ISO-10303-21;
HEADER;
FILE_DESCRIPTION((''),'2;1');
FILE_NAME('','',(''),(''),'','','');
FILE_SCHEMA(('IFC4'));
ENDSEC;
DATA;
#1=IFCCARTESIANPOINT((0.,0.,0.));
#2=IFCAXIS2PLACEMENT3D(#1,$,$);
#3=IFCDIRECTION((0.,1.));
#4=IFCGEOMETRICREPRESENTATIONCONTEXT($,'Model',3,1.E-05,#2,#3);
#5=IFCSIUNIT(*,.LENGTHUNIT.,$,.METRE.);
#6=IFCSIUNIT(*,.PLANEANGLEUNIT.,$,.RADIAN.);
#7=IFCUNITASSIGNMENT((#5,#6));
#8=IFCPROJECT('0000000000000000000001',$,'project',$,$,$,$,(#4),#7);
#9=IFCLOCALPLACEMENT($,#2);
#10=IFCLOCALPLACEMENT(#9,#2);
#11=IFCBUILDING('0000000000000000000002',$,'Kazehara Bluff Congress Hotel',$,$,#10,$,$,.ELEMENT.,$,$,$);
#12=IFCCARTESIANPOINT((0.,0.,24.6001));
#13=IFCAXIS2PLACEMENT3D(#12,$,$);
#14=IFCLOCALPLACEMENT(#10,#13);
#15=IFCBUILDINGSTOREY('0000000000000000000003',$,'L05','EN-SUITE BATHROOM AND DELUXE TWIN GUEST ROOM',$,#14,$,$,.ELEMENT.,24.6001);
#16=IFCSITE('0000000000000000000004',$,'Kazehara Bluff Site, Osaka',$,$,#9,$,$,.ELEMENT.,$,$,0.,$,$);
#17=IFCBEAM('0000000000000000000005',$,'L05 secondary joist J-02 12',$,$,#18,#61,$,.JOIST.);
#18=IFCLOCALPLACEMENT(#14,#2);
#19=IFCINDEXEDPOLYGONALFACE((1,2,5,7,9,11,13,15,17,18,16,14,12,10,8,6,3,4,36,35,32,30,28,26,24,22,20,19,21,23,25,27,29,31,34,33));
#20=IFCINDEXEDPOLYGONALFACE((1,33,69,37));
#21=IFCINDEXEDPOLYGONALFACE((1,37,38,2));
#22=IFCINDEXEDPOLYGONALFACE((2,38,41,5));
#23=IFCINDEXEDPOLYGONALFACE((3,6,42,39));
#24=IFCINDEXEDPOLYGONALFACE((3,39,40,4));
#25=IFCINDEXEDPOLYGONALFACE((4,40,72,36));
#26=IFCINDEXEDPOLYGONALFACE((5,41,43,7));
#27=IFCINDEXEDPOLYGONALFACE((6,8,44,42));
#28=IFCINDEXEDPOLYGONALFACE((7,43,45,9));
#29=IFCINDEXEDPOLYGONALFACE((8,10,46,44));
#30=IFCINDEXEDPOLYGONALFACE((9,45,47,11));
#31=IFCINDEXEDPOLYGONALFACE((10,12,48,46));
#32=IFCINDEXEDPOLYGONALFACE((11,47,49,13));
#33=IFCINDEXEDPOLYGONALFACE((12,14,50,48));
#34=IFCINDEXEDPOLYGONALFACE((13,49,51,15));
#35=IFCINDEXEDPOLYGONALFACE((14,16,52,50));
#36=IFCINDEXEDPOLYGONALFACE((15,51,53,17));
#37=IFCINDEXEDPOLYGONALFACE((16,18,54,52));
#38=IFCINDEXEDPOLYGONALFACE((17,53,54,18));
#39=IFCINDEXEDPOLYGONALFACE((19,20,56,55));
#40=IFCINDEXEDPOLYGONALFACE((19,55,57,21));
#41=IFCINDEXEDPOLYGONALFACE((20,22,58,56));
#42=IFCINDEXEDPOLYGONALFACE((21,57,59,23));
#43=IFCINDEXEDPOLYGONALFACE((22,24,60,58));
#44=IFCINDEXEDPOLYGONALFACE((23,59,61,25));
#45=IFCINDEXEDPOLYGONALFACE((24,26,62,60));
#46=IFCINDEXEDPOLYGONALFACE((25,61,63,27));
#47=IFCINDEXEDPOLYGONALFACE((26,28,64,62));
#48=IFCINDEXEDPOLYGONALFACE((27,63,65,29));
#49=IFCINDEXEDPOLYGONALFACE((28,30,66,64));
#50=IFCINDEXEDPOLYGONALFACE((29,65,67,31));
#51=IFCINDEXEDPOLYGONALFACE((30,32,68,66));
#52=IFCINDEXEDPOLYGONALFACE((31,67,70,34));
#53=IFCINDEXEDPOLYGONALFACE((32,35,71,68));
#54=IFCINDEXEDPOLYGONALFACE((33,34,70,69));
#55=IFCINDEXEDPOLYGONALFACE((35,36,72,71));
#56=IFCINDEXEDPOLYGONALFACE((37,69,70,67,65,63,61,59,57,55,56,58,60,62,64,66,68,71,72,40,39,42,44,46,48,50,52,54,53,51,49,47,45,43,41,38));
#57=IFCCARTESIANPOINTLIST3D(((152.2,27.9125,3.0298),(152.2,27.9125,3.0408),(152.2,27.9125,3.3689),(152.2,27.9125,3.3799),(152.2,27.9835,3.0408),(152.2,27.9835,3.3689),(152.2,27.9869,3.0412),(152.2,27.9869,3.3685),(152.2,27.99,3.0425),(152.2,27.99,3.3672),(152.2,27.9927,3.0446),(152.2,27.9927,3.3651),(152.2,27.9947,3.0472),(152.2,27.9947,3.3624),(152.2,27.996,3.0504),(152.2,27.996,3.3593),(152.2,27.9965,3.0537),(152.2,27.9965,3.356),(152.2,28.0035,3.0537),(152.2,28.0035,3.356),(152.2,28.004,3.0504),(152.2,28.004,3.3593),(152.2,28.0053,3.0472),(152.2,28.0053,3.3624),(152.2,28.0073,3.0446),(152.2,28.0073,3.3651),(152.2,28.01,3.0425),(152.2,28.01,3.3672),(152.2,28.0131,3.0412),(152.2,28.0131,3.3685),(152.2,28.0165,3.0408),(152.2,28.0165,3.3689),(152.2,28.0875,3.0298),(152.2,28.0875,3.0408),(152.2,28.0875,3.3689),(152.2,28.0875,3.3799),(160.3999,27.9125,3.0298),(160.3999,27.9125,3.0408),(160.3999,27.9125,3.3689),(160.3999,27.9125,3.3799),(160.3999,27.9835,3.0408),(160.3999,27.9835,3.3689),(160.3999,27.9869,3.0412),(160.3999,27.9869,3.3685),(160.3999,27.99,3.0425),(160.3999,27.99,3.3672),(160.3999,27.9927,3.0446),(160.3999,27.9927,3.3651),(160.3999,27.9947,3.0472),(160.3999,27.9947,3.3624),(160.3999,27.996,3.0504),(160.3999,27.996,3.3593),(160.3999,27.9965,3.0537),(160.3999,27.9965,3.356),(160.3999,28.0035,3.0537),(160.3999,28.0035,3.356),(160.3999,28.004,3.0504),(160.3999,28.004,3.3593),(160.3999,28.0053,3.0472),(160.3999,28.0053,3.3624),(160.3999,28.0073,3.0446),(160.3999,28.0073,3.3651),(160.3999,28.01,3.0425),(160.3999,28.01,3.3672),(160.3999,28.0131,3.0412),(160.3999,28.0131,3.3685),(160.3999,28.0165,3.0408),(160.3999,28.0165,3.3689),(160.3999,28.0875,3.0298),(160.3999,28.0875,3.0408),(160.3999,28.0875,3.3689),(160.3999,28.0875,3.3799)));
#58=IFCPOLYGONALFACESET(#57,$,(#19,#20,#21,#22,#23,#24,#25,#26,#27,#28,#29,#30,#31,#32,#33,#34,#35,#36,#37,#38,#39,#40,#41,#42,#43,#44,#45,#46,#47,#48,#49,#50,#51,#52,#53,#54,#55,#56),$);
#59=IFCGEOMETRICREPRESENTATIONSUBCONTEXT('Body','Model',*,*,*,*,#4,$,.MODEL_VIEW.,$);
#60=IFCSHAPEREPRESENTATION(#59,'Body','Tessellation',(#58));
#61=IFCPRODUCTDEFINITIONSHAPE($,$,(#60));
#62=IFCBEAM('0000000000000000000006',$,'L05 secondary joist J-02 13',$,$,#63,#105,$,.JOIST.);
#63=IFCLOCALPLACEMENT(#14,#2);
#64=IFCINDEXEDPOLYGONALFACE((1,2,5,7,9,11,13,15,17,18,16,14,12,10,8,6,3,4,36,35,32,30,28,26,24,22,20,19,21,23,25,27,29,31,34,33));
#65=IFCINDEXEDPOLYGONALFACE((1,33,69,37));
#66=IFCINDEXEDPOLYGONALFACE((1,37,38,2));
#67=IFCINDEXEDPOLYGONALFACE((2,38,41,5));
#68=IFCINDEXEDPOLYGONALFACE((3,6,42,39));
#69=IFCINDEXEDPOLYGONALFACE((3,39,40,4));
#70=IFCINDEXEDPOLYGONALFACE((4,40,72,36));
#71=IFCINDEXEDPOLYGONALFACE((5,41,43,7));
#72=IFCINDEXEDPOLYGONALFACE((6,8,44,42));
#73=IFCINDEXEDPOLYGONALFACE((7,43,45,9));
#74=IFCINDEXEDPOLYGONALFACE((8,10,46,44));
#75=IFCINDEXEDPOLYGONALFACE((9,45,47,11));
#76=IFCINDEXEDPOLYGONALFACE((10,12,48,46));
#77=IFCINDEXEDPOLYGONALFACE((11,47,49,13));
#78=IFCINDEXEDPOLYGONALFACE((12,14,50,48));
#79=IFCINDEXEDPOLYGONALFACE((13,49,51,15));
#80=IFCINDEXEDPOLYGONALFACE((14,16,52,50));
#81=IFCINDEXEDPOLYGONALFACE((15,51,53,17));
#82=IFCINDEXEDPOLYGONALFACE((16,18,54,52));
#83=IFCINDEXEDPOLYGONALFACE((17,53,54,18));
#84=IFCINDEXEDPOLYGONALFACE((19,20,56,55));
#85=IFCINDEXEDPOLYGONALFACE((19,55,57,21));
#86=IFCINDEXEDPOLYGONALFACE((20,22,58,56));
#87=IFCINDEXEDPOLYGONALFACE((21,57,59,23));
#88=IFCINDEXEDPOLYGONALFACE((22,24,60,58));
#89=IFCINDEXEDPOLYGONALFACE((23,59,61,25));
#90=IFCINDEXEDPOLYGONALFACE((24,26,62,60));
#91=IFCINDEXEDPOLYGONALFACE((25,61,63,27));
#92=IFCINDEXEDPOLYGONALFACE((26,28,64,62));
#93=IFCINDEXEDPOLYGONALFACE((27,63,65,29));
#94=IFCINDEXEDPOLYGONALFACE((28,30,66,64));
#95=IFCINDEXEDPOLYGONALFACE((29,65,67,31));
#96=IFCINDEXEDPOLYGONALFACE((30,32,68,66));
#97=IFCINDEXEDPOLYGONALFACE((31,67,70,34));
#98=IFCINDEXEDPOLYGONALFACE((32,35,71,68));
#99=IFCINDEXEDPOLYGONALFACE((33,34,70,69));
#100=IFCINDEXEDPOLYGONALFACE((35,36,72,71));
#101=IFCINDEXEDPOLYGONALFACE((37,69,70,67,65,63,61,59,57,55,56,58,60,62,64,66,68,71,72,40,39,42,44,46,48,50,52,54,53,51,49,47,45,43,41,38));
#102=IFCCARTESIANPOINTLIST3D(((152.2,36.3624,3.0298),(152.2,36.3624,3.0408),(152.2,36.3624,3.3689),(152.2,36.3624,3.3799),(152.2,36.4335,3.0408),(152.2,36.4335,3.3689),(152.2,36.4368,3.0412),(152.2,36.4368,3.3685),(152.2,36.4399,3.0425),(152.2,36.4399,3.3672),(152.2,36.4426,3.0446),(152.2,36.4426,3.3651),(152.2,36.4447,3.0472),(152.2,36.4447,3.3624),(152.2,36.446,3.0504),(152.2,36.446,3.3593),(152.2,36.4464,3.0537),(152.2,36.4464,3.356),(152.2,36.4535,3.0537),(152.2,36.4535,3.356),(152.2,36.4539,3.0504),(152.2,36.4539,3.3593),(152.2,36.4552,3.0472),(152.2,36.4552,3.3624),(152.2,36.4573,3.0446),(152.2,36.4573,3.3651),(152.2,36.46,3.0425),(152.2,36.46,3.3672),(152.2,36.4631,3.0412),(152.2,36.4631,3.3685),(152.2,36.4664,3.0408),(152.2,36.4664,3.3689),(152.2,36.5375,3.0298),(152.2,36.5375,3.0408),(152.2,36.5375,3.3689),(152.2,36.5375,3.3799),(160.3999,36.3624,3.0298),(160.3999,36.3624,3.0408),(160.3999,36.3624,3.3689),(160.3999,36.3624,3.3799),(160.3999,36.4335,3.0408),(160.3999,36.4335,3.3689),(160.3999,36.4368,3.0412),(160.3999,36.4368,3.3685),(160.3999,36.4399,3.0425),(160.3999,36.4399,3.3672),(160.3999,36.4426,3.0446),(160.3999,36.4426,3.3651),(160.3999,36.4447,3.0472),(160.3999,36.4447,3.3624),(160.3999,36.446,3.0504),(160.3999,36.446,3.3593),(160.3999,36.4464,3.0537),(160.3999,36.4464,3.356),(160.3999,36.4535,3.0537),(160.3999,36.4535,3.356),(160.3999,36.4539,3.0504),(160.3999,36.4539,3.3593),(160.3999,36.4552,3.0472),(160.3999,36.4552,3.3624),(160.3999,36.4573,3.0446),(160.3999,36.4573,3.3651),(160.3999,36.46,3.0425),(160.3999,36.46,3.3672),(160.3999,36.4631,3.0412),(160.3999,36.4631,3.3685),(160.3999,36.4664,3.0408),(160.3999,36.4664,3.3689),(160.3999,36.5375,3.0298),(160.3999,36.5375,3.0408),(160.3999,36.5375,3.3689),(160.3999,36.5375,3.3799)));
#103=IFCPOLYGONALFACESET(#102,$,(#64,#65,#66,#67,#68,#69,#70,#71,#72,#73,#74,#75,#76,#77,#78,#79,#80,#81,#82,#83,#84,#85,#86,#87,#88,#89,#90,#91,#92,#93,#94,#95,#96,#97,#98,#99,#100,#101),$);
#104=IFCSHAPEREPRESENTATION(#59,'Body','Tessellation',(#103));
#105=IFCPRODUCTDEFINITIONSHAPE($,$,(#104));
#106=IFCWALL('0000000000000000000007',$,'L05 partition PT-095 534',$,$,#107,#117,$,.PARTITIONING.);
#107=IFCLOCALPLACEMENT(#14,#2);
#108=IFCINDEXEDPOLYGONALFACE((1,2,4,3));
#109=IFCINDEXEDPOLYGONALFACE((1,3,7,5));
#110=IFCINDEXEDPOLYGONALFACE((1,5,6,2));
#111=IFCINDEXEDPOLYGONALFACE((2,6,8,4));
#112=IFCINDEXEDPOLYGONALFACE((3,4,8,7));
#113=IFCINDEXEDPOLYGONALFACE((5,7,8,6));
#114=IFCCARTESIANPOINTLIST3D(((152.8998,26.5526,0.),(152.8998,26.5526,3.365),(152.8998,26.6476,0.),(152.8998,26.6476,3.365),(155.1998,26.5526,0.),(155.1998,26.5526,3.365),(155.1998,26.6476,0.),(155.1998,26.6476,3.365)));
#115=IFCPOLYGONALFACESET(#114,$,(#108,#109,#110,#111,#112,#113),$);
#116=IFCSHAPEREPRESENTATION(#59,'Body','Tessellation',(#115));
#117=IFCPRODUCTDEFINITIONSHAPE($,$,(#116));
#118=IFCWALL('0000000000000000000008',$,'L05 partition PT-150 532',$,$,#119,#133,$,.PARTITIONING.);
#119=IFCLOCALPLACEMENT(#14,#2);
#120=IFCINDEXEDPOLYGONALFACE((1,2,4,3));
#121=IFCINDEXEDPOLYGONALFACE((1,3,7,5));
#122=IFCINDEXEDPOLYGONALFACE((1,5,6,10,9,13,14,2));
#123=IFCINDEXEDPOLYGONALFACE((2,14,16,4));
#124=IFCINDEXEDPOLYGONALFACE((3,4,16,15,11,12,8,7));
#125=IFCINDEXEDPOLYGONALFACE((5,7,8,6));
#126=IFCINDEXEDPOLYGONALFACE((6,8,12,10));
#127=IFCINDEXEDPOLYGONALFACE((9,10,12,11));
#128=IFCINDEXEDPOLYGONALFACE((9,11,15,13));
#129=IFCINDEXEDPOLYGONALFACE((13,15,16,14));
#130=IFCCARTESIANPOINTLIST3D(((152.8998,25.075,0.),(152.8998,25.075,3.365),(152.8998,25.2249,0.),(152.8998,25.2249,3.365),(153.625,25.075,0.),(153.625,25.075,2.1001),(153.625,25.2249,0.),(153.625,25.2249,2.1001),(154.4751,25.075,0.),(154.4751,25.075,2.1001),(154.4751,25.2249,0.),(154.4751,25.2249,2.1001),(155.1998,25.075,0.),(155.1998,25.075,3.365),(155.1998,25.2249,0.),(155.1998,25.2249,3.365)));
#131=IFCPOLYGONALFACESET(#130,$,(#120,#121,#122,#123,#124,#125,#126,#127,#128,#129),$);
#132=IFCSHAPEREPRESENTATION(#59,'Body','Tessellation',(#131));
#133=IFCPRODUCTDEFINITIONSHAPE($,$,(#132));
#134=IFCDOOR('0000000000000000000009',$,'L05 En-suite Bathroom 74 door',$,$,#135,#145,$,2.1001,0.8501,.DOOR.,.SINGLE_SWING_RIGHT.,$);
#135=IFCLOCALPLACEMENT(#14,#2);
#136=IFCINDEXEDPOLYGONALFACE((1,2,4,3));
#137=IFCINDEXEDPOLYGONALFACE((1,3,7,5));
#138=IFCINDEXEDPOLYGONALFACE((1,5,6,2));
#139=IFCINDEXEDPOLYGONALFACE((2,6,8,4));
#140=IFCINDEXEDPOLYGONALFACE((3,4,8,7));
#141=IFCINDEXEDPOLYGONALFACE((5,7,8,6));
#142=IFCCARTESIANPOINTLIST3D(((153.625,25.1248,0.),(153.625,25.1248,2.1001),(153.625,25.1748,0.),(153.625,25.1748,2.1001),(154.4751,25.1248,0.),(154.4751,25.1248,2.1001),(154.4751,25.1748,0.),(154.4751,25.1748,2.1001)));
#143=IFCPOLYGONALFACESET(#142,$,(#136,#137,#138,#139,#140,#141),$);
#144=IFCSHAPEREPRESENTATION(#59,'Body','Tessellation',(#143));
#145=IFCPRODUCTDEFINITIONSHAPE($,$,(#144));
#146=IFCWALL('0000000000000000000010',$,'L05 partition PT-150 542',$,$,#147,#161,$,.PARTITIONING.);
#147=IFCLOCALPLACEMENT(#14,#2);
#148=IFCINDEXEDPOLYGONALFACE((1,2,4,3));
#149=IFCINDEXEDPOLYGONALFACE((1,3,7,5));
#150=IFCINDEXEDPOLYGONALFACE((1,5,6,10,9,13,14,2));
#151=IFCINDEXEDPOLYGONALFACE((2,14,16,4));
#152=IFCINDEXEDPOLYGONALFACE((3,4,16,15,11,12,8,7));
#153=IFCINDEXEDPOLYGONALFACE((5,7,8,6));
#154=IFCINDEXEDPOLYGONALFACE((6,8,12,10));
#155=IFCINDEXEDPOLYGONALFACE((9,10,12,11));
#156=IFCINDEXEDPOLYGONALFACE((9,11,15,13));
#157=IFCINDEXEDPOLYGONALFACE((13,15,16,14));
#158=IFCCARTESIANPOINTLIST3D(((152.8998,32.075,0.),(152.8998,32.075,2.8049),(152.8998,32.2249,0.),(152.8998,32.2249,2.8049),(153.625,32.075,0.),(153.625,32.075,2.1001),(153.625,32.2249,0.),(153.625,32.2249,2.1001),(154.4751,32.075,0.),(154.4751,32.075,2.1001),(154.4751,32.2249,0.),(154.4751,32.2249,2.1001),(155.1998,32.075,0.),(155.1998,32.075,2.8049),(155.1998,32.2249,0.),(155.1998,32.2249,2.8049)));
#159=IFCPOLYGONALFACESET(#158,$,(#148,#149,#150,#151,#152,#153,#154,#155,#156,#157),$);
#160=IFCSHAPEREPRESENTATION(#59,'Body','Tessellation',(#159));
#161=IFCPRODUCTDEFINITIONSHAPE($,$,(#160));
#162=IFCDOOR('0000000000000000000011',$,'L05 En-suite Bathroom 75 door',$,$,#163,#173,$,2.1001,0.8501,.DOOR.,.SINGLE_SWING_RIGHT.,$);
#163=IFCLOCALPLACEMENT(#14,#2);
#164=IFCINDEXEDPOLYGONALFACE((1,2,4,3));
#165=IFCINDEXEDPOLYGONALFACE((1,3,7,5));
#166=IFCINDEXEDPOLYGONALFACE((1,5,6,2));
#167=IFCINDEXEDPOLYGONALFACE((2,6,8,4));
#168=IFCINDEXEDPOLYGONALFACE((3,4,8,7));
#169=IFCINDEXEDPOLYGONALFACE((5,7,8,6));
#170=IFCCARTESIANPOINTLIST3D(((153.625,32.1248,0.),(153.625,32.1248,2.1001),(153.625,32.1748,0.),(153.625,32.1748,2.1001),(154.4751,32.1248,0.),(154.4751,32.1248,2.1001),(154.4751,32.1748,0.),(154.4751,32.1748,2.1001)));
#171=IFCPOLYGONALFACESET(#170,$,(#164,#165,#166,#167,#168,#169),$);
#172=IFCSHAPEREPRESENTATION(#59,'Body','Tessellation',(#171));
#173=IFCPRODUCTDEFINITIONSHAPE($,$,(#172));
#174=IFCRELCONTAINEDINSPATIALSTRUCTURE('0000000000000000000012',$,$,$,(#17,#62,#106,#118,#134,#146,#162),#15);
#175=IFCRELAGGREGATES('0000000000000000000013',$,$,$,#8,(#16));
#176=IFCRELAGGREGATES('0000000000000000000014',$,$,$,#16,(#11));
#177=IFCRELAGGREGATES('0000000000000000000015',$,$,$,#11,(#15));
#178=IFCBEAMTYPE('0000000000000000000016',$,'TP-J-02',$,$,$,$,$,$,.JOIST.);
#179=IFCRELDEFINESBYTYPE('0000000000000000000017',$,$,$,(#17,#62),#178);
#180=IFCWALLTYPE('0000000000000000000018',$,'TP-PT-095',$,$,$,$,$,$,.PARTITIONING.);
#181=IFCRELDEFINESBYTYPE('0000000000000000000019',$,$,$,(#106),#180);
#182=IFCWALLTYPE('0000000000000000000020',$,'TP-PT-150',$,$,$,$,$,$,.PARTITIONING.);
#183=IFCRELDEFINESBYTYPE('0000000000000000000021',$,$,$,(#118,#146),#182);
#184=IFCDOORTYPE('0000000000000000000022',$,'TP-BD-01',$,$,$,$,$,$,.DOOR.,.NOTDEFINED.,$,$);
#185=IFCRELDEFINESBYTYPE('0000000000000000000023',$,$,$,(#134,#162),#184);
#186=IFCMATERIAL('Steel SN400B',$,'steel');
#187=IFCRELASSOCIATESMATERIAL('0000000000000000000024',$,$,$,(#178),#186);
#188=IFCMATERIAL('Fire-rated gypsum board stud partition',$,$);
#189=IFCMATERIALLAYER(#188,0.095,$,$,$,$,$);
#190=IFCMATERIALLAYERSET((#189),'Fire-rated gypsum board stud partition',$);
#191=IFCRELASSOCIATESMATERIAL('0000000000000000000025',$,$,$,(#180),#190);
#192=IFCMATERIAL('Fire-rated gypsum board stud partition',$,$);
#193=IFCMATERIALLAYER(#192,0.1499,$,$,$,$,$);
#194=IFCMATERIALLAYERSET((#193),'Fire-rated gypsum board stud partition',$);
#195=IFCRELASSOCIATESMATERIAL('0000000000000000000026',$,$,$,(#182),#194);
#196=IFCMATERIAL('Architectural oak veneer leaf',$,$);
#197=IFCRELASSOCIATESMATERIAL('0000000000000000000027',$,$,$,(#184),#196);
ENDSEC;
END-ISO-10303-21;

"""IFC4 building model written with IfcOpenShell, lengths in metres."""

from ifc_helpers import new_model, si_unit, direction, frame, frame_2d, origin, origin_2d, place, context, subcontext, project, spatial, rectangle, i_section, extrude, material, layer, layer_set, material_profile, profile_set, type_object, element, fill, save


model = new_model("IFC4")

# Units and contexts
model_context = context("Model", 3, precision=1e-05, world=origin(), true_north=direction((0.0, 1.0)))
body_context = subcontext(model_context, "Body", "Model", "MODEL_VIEW")
ifc_project = project(units=[si_unit("LENGTHUNIT", "METRE"), si_unit("PLANEANGLEUNIT", "RADIAN")], contexts=[model_context])

# Site, building, storey
site_placement = place(None, origin())
site = spatial("IfcSite", under=ifc_project, at=site_placement, Name="Kazehara Bluff Site, Osaka", CompositionType="ELEMENT", RefElevation=0.0)
building_placement = place(site_placement, origin())
building = spatial("IfcBuilding", under=site, at=building_placement, Name="Kazehara Bluff Congress Hotel", CompositionType="ELEMENT")
storey_placement = place(building_placement, frame((0.0, 0.0, 24.6001)))
storey = spatial("IfcBuildingStorey", under=building, at=storey_placement, Name="L05", Description="EN-SUITE BATHROOM AND DELUXE TWIN GUEST ROOM", CompositionType="ELEMENT", Elevation=24.6001)

# Beams
ifc_material_1 = material(Name="Steel SN400B", Category="steel")
ifc_material_profile_1 = material_profile(ifc_material_1, i_section(OverallWidth=0.175, OverallDepth=0.3501, WebThickness=0.0071, FlangeThickness=0.011, FilletRadius=0.0129, at=origin_2d()))
ifc_profile_set_1 = profile_set([ifc_material_profile_1], Name="Steel SN400B")
beam_type_1 = type_object("IfcBeamType", Name="TP-J-02", PredefinedType="JOIST", material=ifc_profile_set_1)
for number, where, z_axis, x_axis, name in (
    (1, (152.2, 28.0, 3.2048), (1.0, 0.0, 0.0), (0.0, 1.0, 0.0), "L05 secondary joist J-02 12"),
    (2, (152.2, 36.45, 3.2048), (1.0, 0.0, 0.0), (0.0, 1.0, 0.0), "L05 secondary joist J-02 13"),
):
    element("IfcBeam", number, at=place(storey_placement, frame(where, z_axis=z_axis, x_axis=x_axis)), inside=storey, type_object=beam_type_1, Name=name, PredefinedType="JOIST", context=body_context, shape_type="SweptSolid", body=[
        extrude(i_section(OverallWidth=0.175, OverallDepth=0.3501, WebThickness=0.0071, FlangeThickness=0.011, FilletRadius=0.0129, at=origin_2d()), origin(), (0.0, 0.0, 1.0), 8.2),
    ])

# Wall
ifc_material_2 = material(Name="Fire-rated gypsum board stud partition")
ifc_layer_1 = layer(ifc_material_2, 0.095)
ifc_layer_set_1 = layer_set([ifc_layer_1], Name="Fire-rated gypsum board stud partition")
wall_type_1 = type_object("IfcWallType", Name="TP-PT-095", PredefinedType="PARTITIONING", material=ifc_layer_set_1)
wall_1_placement = place(storey_placement, frame((152.8999, 26.6001, 0.0), z_axis=(0.0, 0.0, 1.0), x_axis=(1.0, 0.0, 0.0)))
element("IfcWall", 3, at=wall_1_placement, inside=storey, type_object=wall_type_1, Name="L05 partition PT-095 534", PredefinedType="PARTITIONING", context=body_context, shape_type="SweptSolid", body=[
    extrude(rectangle(XDim=2.3, YDim=0.095, at=frame_2d((1.1499, 0.0))), origin(), (0.0, 0.0, 1.0), 3.365),
])

# Walls, openings, doors
ifc_material_3 = material(Name="Fire-rated gypsum board stud partition")
ifc_layer_2 = layer(ifc_material_3, 0.1499)
ifc_layer_set_2 = layer_set([ifc_layer_2], Name="Fire-rated gypsum board stud partition")
wall_type_2 = type_object("IfcWallType", Name="TP-PT-150", PredefinedType="PARTITIONING", material=ifc_layer_set_2)
wall_2_placement = place(storey_placement, frame((152.8999, 25.1499, 0.0), z_axis=(0.0, 0.0, 1.0), x_axis=(1.0, 0.0, 0.0)))
wall_2 = element("IfcWall", 4, at=wall_2_placement, inside=storey, type_object=wall_type_2, Name="L05 partition PT-150 532", PredefinedType="PARTITIONING", context=body_context, shape_type="SweptSolid", body=[
    extrude(rectangle(XDim=2.3, YDim=0.1499, at=frame_2d((1.1499, 0.0))), origin(), (0.0, 0.0, 1.0), 3.365),
])
opening_1_placement = place(wall_2_placement, frame((0.7251, 0.0, 0.0)))
opening_1 = element("IfcOpeningElement", 5, at=opening_1_placement, cuts=wall_2, PredefinedType="OPENING", context=body_context, shape_type="SweptSolid", body=[
    extrude(rectangle(XDim=0.8501, YDim=2.1001, at=frame_2d((0.425, 1.05))), frame((0.0, 0.085, 0.0), z_axis=(0.0, -1.0, 0.0), x_axis=(1.0, 0.0, 0.0)), (0.0, 0.0, 1.0), 0.1699),
])
ifc_material_4 = material(Name="Architectural oak veneer leaf")
door_type_1 = type_object("IfcDoorType", Name="TP-BD-01", OperationType="NOTDEFINED", PredefinedType="DOOR", material=ifc_material_4)
door_1_placement = place(opening_1_placement, origin())
door_1 = element("IfcDoor", 6, at=door_1_placement, inside=storey, type_object=door_type_1, Name="L05 En-suite Bathroom 74 door", OperationType="SINGLE_SWING_RIGHT", OverallHeight=2.1001, OverallWidth=0.8501, PredefinedType="DOOR", context=body_context, shape_type="SweptSolid", body=[
    extrude(rectangle(XDim=0.8501, YDim=2.1001, at=frame_2d((0.425, 1.05))), frame((0.0, 0.0249, 0.0), z_axis=(0.0, -1.0, 0.0), x_axis=(1.0, 0.0, 0.0)), (0.0, 0.0, 1.0), 0.05),
])
fill(opening_1, door_1)
wall_3_placement = place(storey_placement, frame((152.8999, 32.1499, 0.0), z_axis=(0.0, 0.0, 1.0), x_axis=(1.0, 0.0, 0.0)))
wall_3 = element("IfcWall", 7, at=wall_3_placement, inside=storey, type_object=wall_type_2, Name="L05 partition PT-150 542", PredefinedType="PARTITIONING", context=body_context, shape_type="SweptSolid", body=[
    extrude(rectangle(XDim=2.3, YDim=0.1499, at=frame_2d((1.1499, 0.0))), origin(), (0.0, 0.0, 1.0), 2.8049),
])
opening_2_placement = place(wall_3_placement, frame((0.7251, 0.0, 0.0)))
opening_2 = element("IfcOpeningElement", 8, at=opening_2_placement, cuts=wall_3, PredefinedType="OPENING", context=body_context, shape_type="SweptSolid", body=[
    extrude(rectangle(XDim=0.8501, YDim=2.1001, at=frame_2d((0.425, 1.05))), frame((0.0, 0.085, 0.0), z_axis=(0.0, -1.0, 0.0), x_axis=(1.0, 0.0, 0.0)), (0.0, 0.0, 1.0), 0.1699),
])
door_2_placement = place(opening_2_placement, origin())
door_2 = element("IfcDoor", 9, at=door_2_placement, inside=storey, type_object=door_type_1, Name="L05 En-suite Bathroom 75 door", OperationType="SINGLE_SWING_RIGHT", OverallHeight=2.1001, OverallWidth=0.8501, PredefinedType="DOOR", context=body_context, shape_type="SweptSolid", body=[
    extrude(rectangle(XDim=0.8501, YDim=2.1001, at=frame_2d((0.425, 1.05))), frame((0.0, 0.0249, 0.0), z_axis=(0.0, -1.0, 0.0), x_axis=(1.0, 0.0, 0.0)), (0.0, 0.0, 1.0), 0.05),
])
fill(opening_2, door_2)

save(model, "model.ifc")
